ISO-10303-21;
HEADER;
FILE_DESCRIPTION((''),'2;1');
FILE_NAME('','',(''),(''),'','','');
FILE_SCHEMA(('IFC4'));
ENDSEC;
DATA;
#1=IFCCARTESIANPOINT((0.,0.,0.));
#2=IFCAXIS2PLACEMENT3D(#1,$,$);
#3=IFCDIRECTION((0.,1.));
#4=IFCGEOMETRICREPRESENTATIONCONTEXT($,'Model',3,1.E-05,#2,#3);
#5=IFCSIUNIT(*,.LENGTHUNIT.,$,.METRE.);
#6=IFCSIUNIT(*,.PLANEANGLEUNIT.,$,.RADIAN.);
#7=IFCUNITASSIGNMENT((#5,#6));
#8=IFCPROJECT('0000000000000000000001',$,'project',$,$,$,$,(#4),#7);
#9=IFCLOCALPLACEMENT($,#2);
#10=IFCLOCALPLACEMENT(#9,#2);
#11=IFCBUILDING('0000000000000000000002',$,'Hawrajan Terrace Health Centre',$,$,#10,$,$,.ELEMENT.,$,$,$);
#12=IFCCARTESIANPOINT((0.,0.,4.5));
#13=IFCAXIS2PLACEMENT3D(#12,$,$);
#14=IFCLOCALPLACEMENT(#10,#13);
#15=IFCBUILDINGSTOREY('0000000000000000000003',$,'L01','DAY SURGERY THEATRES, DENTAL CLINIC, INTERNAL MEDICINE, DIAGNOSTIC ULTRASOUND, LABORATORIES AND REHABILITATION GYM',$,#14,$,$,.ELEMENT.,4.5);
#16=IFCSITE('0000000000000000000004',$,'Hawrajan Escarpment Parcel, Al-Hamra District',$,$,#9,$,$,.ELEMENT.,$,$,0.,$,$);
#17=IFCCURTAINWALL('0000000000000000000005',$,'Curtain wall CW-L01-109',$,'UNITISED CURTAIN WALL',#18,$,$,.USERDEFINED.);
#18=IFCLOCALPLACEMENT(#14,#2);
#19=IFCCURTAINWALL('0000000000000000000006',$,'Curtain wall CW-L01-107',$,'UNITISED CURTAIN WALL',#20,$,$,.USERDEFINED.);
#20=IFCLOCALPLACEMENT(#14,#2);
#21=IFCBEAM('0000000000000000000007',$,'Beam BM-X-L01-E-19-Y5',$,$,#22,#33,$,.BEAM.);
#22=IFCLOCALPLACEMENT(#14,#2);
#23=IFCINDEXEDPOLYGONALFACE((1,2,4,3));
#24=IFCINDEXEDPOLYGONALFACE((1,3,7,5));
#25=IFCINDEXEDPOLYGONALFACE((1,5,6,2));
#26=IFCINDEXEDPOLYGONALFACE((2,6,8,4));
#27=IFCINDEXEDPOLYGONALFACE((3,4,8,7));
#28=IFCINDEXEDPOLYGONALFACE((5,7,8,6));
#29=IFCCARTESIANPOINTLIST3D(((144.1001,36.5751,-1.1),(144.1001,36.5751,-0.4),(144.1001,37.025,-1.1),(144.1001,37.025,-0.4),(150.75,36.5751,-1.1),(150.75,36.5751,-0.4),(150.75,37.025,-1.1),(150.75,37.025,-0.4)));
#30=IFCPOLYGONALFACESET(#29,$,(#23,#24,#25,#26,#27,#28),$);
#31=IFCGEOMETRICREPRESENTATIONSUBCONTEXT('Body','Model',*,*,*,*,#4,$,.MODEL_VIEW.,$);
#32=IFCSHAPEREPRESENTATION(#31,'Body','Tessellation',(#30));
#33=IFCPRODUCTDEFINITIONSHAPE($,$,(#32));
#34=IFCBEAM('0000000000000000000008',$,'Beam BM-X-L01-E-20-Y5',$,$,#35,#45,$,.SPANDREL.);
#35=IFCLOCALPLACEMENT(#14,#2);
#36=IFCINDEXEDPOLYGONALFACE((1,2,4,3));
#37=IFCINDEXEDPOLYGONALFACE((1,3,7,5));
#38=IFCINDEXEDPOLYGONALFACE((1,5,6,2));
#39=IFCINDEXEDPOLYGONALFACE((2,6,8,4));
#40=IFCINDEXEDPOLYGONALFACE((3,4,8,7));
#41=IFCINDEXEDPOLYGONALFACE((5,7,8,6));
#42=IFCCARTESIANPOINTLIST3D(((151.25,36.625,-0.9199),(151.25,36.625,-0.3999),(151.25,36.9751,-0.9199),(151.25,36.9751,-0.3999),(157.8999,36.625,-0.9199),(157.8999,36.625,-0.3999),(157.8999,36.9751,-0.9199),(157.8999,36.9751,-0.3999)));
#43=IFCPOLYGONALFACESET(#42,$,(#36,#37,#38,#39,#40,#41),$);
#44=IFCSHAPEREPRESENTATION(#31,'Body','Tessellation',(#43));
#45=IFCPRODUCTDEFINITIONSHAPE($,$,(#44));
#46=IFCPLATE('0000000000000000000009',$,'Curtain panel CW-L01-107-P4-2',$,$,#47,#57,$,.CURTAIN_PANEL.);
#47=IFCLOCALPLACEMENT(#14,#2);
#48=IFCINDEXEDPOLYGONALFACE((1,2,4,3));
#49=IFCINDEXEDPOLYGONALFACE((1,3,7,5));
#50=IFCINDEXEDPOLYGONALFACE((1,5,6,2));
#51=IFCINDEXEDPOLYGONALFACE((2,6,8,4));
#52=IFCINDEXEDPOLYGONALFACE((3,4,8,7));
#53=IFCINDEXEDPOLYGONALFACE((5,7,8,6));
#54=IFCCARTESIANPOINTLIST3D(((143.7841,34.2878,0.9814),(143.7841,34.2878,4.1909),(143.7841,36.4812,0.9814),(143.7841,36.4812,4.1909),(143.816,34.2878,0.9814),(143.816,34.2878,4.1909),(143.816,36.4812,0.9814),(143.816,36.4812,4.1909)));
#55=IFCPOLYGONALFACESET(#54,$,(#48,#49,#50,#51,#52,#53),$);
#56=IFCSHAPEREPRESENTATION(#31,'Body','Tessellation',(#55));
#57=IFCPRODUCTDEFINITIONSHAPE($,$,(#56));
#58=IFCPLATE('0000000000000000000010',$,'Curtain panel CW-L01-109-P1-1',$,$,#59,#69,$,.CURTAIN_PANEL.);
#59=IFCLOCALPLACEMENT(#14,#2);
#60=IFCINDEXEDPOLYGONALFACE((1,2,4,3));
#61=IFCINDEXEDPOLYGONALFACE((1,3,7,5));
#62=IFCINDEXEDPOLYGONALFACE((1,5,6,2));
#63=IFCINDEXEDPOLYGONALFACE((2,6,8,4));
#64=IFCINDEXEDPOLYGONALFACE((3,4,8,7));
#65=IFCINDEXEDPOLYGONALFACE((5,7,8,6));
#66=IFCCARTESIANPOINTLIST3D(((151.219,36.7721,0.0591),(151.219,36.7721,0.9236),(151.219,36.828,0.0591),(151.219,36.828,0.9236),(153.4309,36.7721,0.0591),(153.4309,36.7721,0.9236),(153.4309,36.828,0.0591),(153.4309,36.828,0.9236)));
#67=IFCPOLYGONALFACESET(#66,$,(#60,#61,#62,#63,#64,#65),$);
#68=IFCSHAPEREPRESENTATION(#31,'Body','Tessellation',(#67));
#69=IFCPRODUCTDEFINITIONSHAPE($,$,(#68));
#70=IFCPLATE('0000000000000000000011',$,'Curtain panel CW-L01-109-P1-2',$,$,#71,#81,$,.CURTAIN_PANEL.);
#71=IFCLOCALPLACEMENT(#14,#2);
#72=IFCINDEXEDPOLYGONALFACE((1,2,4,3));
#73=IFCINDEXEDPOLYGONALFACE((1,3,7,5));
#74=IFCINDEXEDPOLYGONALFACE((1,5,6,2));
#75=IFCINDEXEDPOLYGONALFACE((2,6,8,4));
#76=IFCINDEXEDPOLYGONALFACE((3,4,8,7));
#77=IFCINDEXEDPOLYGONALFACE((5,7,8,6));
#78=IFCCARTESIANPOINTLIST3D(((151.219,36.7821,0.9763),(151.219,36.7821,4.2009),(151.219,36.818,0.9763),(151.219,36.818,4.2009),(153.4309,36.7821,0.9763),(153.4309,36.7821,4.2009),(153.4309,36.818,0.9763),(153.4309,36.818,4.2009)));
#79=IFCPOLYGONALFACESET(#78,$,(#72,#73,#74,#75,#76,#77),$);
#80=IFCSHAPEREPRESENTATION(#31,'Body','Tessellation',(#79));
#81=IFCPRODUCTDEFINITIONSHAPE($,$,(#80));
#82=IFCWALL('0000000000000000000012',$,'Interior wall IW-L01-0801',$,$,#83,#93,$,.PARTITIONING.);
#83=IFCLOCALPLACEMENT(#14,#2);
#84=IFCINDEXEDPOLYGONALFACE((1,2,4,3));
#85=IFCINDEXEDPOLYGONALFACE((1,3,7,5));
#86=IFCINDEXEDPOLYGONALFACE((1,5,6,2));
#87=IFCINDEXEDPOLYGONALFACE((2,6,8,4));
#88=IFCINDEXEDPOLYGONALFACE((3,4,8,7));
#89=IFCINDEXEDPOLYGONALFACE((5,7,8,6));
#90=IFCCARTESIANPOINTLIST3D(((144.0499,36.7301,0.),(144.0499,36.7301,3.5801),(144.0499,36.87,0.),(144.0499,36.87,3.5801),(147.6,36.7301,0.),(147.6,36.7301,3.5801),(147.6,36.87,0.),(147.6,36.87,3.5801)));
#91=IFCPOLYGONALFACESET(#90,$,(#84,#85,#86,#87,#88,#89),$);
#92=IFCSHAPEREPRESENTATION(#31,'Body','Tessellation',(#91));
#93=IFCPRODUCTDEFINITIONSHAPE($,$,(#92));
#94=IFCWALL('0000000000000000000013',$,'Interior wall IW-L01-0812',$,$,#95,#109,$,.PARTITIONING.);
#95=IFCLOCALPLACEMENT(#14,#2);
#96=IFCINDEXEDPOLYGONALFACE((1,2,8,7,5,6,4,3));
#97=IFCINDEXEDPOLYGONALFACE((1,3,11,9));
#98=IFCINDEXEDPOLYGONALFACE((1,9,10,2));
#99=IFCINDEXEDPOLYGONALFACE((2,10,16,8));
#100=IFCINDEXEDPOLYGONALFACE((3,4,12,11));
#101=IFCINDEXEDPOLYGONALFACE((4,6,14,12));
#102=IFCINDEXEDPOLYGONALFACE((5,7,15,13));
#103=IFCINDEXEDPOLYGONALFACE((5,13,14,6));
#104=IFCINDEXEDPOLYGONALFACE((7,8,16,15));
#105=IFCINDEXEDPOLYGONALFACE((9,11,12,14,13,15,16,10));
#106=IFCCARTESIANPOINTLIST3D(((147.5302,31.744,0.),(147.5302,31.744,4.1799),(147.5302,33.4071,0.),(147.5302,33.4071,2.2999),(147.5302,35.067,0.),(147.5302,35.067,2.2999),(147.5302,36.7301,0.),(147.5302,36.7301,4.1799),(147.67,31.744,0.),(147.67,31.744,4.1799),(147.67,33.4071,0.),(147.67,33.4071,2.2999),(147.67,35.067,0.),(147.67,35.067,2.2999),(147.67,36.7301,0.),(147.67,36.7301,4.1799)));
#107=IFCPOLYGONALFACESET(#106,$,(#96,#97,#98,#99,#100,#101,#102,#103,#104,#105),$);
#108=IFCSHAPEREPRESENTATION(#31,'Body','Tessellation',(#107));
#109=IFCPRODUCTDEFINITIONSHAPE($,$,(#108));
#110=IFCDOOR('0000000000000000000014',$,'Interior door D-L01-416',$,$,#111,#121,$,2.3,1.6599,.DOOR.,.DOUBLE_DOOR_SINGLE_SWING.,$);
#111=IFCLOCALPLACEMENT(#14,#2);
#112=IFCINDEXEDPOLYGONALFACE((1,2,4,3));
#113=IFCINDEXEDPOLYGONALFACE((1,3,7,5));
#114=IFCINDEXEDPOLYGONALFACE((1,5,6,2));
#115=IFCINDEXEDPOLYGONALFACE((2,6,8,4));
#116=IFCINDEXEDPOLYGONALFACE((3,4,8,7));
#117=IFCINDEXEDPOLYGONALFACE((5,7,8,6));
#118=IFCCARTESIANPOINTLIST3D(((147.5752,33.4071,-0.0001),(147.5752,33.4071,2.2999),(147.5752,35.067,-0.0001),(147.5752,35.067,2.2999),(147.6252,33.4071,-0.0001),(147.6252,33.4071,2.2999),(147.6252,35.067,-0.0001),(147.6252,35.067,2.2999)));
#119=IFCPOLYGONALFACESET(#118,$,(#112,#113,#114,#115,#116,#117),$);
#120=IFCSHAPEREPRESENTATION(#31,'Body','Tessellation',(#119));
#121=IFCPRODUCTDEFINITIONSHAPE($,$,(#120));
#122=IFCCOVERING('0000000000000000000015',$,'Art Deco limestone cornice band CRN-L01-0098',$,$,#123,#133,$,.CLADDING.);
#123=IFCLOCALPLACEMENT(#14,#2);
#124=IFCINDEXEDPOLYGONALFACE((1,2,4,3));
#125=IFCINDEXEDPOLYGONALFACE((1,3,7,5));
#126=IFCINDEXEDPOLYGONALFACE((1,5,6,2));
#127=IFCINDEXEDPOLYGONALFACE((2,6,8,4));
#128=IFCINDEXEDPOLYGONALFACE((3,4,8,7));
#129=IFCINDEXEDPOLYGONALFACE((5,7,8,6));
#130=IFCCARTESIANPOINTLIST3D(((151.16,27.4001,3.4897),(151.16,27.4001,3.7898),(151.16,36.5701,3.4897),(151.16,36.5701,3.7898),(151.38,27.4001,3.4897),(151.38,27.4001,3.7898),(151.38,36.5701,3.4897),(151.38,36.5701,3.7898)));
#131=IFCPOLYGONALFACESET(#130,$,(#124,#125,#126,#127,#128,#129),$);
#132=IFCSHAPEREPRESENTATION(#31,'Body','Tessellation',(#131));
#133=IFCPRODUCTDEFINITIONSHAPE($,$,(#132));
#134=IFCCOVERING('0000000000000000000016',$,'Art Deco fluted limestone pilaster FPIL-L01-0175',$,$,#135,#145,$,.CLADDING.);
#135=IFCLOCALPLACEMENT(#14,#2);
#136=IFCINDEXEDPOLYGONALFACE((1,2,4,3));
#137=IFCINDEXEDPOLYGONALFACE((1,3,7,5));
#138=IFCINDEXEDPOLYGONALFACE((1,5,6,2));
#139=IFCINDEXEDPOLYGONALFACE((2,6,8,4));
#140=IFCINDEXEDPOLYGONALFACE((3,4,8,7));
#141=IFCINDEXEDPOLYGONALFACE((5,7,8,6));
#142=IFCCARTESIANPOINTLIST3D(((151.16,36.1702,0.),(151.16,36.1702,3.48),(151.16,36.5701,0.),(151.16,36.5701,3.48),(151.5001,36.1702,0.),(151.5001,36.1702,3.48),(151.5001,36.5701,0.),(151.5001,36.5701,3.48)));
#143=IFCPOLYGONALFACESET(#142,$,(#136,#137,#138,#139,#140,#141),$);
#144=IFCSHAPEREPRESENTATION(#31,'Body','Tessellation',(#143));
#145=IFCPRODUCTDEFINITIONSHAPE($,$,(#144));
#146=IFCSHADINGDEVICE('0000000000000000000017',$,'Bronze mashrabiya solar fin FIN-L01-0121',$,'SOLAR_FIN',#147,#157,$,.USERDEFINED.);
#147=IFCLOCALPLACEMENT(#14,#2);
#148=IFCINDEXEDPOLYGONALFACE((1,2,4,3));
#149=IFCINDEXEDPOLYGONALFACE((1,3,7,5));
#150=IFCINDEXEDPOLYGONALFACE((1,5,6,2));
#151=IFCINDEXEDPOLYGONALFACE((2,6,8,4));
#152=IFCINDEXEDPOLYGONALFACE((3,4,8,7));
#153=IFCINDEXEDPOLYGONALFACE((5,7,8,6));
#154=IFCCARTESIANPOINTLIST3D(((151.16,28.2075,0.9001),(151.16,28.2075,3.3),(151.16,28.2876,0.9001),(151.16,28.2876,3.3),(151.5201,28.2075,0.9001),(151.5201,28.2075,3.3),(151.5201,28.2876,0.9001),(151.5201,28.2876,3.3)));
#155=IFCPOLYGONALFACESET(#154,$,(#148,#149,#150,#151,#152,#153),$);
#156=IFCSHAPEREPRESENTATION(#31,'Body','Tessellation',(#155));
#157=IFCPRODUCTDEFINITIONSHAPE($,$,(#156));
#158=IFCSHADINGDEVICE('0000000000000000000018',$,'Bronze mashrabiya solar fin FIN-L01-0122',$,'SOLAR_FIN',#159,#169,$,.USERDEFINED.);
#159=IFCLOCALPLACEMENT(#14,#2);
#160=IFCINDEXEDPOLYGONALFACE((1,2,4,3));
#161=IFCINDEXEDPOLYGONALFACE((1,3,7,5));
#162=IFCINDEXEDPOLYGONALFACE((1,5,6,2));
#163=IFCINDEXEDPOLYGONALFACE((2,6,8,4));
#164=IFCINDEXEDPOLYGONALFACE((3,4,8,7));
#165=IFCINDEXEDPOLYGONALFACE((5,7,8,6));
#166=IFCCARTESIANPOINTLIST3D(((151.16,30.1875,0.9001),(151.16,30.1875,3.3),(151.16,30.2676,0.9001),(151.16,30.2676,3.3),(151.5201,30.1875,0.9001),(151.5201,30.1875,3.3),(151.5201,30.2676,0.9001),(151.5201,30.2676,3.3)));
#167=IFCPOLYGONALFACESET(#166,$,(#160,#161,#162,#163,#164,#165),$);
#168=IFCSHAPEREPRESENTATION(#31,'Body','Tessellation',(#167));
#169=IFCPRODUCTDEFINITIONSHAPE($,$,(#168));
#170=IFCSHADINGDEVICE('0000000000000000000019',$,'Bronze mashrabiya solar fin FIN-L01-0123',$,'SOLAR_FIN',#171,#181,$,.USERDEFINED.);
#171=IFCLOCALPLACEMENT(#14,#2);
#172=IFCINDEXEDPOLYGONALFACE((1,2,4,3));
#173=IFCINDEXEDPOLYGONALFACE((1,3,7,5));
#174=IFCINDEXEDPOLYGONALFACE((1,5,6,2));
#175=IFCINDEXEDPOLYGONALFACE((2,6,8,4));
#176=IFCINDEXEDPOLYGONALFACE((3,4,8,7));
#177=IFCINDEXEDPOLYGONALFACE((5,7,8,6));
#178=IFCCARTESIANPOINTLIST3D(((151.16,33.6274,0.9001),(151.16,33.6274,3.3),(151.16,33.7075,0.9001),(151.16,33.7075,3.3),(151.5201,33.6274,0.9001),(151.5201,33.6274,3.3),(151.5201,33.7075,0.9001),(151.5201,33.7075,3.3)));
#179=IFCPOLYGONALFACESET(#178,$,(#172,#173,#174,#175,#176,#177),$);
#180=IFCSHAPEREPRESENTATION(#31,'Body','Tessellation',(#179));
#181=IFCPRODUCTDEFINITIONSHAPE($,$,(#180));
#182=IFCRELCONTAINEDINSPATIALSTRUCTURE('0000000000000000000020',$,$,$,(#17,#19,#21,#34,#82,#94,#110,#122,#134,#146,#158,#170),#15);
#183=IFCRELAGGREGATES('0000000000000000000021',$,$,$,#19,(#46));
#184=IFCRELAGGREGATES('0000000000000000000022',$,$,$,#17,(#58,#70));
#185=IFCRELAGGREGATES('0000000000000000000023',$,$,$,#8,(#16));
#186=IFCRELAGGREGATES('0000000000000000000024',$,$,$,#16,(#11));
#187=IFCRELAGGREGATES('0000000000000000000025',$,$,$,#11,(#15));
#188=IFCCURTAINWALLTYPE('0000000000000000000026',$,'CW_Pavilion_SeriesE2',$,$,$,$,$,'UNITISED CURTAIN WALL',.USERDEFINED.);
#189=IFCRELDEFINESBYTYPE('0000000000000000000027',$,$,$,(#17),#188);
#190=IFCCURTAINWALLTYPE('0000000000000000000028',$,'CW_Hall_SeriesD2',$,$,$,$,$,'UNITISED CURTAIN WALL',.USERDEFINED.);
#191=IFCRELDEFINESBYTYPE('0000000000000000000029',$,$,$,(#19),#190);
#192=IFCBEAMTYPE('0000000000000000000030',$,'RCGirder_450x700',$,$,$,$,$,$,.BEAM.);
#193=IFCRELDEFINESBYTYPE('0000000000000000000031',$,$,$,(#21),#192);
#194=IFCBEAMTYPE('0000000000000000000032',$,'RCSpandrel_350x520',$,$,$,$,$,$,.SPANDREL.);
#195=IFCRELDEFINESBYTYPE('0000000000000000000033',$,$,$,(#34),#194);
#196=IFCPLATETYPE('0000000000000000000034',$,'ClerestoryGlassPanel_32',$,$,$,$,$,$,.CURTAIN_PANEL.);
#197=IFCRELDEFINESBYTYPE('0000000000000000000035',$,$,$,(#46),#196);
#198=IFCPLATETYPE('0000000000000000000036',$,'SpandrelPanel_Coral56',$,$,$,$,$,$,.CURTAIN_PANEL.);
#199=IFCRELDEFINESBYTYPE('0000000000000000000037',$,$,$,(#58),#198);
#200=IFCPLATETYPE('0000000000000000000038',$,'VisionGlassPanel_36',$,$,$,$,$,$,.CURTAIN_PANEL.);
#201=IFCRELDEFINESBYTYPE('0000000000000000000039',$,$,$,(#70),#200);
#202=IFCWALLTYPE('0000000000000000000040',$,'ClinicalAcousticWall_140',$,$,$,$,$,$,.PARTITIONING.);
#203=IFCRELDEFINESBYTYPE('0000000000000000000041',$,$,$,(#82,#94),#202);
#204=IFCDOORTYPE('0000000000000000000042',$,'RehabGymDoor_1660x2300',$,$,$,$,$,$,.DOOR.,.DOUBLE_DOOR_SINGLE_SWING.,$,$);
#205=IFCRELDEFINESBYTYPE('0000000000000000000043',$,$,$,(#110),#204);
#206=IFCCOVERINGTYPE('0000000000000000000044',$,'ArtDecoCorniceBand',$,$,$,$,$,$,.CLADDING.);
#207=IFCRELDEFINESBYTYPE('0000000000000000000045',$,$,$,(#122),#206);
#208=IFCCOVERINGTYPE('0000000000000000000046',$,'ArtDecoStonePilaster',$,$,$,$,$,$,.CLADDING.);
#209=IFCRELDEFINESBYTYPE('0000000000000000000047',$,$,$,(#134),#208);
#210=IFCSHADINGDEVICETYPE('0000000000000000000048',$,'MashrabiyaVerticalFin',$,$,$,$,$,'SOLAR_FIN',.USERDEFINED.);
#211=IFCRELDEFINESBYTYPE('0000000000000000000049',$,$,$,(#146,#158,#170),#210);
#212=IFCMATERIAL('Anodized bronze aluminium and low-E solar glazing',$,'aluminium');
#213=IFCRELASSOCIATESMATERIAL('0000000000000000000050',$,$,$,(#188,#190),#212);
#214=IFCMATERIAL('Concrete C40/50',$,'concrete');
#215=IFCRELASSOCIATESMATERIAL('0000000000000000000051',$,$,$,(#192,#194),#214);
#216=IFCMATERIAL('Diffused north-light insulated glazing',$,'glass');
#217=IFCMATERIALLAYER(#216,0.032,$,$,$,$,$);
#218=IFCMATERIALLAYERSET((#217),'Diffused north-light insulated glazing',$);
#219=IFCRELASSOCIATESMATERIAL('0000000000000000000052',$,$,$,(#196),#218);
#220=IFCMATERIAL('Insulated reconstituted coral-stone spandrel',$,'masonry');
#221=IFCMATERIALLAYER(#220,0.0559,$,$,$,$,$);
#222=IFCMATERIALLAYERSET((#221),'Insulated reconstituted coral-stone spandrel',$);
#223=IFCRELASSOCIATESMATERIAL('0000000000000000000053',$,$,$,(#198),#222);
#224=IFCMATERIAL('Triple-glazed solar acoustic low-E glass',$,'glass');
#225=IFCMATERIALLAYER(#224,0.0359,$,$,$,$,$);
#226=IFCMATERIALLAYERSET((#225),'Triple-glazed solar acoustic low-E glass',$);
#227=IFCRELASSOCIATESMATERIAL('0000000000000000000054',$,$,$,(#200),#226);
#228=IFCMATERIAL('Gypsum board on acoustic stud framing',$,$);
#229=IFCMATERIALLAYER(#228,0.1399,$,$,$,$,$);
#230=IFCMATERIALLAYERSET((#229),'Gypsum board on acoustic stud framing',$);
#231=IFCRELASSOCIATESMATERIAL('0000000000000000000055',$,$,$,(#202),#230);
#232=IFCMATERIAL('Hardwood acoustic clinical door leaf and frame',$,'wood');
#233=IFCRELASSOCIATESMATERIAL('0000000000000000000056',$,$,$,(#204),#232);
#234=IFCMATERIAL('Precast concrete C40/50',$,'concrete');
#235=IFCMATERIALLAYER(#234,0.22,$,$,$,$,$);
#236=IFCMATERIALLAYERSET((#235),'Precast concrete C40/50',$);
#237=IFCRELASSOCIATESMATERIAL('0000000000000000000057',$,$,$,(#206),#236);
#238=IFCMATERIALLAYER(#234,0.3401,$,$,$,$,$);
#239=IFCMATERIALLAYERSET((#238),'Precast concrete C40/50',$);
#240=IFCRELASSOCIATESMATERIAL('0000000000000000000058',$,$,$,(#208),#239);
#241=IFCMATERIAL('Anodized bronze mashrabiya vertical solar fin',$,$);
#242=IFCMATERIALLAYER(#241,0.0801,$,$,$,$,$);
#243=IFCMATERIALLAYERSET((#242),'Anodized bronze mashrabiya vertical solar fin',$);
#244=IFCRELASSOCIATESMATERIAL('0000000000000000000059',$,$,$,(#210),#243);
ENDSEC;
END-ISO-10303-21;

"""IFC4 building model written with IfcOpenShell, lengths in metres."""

from ifc_helpers import new_model, si_unit, direction, frame, frame_2d, origin, origin_2d, place, context, subcontext, project, spatial, rectangle, extrude, material, layer, layer_set, material_profile, profile_set, type_object, element, fill, aggregate, save


model = new_model("IFC4")

# Units and contexts
model_context = context("Model", 3, precision=1e-05, world=origin(), true_north=direction((0.0, 1.0)))
body_context = subcontext(model_context, "Body", "Model", "MODEL_VIEW")
ifc_project = project(units=[si_unit("LENGTHUNIT", "METRE"), si_unit("PLANEANGLEUNIT", "RADIAN")], contexts=[model_context])

# Site, building, storey
site_placement = place(None, origin())
site = spatial("IfcSite", under=ifc_project, at=site_placement, Name="Hawrajan Escarpment Parcel, Al-Hamra District", CompositionType="ELEMENT", RefElevation=0.0)
building_placement = place(site_placement, origin())
building = spatial("IfcBuilding", under=site, at=building_placement, Name="Hawrajan Terrace Health Centre", CompositionType="ELEMENT")
storey_placement = place(building_placement, frame((0.0, 0.0, 4.5)))
storey = spatial("IfcBuildingStorey", under=building, at=storey_placement, Name="L01", Description="DAY SURGERY THEATRES, DENTAL CLINIC, INTERNAL MEDICINE, DIAGNOSTIC ULTRASOUND, LABORATORIES AND REHABILITATION GYM", CompositionType="ELEMENT", Elevation=4.5)

# Shared definitions
ifc_material_1 = material(Name="Concrete C40/50", Category="concrete")

# Curtain wall
ifc_material_2 = material(Name="Anodized bronze aluminium and low-E solar glazing", Category="aluminium")
curtain_wall_type_1 = type_object("IfcCurtainWallType", Name="CW_Pavilion_SeriesE2", ElementType="UNITISED CURTAIN WALL", PredefinedType="USERDEFINED", material=ifc_material_2)
curtain_wall_1_placement = place(storey_placement, origin())
curtain_wall_1 = element("IfcCurtainWall", 1, at=curtain_wall_1_placement, inside=storey, type_object=curtain_wall_type_1, Name="Curtain wall CW-L01-109", ObjectType="UNITISED CURTAIN WALL", PredefinedType="USERDEFINED")

# Curtain wall
curtain_wall_type_2 = type_object("IfcCurtainWallType", Name="CW_Hall_SeriesD2", ElementType="UNITISED CURTAIN WALL", PredefinedType="USERDEFINED", material=ifc_material_2)
curtain_wall_2_placement = place(storey_placement, origin())
curtain_wall_2 = element("IfcCurtainWall", 2, at=curtain_wall_2_placement, inside=storey, type_object=curtain_wall_type_2, Name="Curtain wall CW-L01-107", ObjectType="UNITISED CURTAIN WALL", PredefinedType="USERDEFINED")

# Beams
ifc_material_profile_1 = material_profile(ifc_material_1, rectangle(XDim=0.45, YDim=0.7, at=origin_2d()), Name="RC BM 450x700")
ifc_profile_set_1 = profile_set([ifc_material_profile_1], Name="Concrete C40/50")
beam_type_1 = type_object("IfcBeamType", Name="RCGirder_450x700", PredefinedType="BEAM", material=ifc_profile_set_1)
beam_1_placement = place(storey_placement, frame((144.1001, 36.8, -0.75), z_axis=(1.0, 0.0, 0.0), x_axis=(0.0, 1.0, 0.0)))
element("IfcBeam", 3, at=beam_1_placement, inside=storey, type_object=beam_type_1, Name="Beam BM-X-L01-E-19-Y5", PredefinedType="BEAM", context=body_context, shape_type="SweptSolid", body=[
    extrude(rectangle(XDim=0.45, YDim=0.7, at=origin_2d()), origin(), (0.0, 0.0, 1.0), 6.6499),
])
ifc_material_profile_2 = material_profile(ifc_material_1, rectangle(XDim=0.3501, YDim=0.52, at=origin_2d()), Name="RC SP 350x520")
ifc_profile_set_2 = profile_set([ifc_material_profile_2], Name="Concrete C40/50")
beam_type_2 = type_object("IfcBeamType", Name="RCSpandrel_350x520", PredefinedType="SPANDREL", material=ifc_profile_set_2)
beam_2_placement = place(storey_placement, frame((151.25, 36.8, -0.6599), z_axis=(1.0, 0.0, 0.0), x_axis=(0.0, 1.0, 0.0)))
element("IfcBeam", 4, at=beam_2_placement, inside=storey, type_object=beam_type_2, Name="Beam BM-X-L01-E-20-Y5", PredefinedType="SPANDREL", context=body_context, shape_type="SweptSolid", body=[
    extrude(rectangle(XDim=0.3501, YDim=0.52, at=origin_2d()), origin(), (0.0, 0.0, 1.0), 6.6499),
])

# Plates
ifc_material_3 = material(Name="Diffused north-light insulated glazing", Category="glass")
ifc_layer_1 = layer(ifc_material_3, 0.032)
ifc_layer_set_1 = layer_set([ifc_layer_1], Name="Diffused north-light insulated glazing")
plate_type_1 = type_object("IfcPlateType", Name="ClerestoryGlassPanel_32", PredefinedType="CURTAIN_PANEL", material=ifc_layer_set_1)
plate_1_placement = place(storey_placement, frame((143.8, 35.3845, 0.9814), z_axis=(0.0, 0.0, 1.0), x_axis=(0.0, 1.0, 0.0)))
plate_1 = element("IfcPlate", 5, at=plate_1_placement, type_object=plate_type_1, Name="Curtain panel CW-L01-107-P4-2", PredefinedType="CURTAIN_PANEL", context=body_context, shape_type="SweptSolid", body=[
    extrude(rectangle(XDim=2.1934, YDim=0.032, at=origin_2d()), origin(), (0.0, 0.0, 1.0), 3.2095),
])
aggregate(curtain_wall_2, [plate_1])
ifc_material_4 = material(Name="Insulated reconstituted coral-stone spandrel", Category="masonry")
ifc_layer_2 = layer(ifc_material_4, 0.0559)
ifc_layer_set_2 = layer_set([ifc_layer_2], Name="Insulated reconstituted coral-stone spandrel")
plate_type_2 = type_object("IfcPlateType", Name="SpandrelPanel_Coral56", PredefinedType="CURTAIN_PANEL", material=ifc_layer_set_2)
plate_2_placement = place(storey_placement, frame((152.325, 36.8, 0.0591), z_axis=(0.0, 0.0, 1.0), x_axis=(1.0, 0.0, 0.0)))
plate_2 = element("IfcPlate", 6, at=plate_2_placement, type_object=plate_type_2, Name="Curtain panel CW-L01-109-P1-1", PredefinedType="CURTAIN_PANEL", context=body_context, shape_type="SweptSolid", body=[
    extrude(rectangle(XDim=2.2119, YDim=0.0559, at=origin_2d()), origin(), (0.0, 0.0, 1.0), 0.8645),
])
ifc_material_5 = material(Name="Triple-glazed solar acoustic low-E glass", Category="glass")
ifc_layer_3 = layer(ifc_material_5, 0.0359)
ifc_layer_set_3 = layer_set([ifc_layer_3], Name="Triple-glazed solar acoustic low-E glass")
plate_type_3 = type_object("IfcPlateType", Name="VisionGlassPanel_36", PredefinedType="CURTAIN_PANEL", material=ifc_layer_set_3)
plate_3_placement = place(storey_placement, frame((152.325, 36.8, 0.9763), z_axis=(0.0, 0.0, 1.0), x_axis=(1.0, 0.0, 0.0)))
plate_3 = element("IfcPlate", 7, at=plate_3_placement, type_object=plate_type_3, Name="Curtain panel CW-L01-109-P1-2", PredefinedType="CURTAIN_PANEL", context=body_context, shape_type="SweptSolid", body=[
    extrude(rectangle(XDim=2.2119, YDim=0.0359, at=origin_2d()), origin(), (0.0, 0.0, 1.0), 3.2246),
])
aggregate(curtain_wall_1, [plate_2, plate_3])

# Wall
ifc_material_6 = material(Name="Gypsum board on acoustic stud framing")
ifc_layer_4 = layer(ifc_material_6, 0.1399)
ifc_layer_set_4 = layer_set([ifc_layer_4], Name="Gypsum board on acoustic stud framing")
wall_type = type_object("IfcWallType", Name="ClinicalAcousticWall_140", PredefinedType="PARTITIONING", material=ifc_layer_set_4)
wall_1_placement = place(storey_placement, frame((144.05, 36.8, 0.0), z_axis=(0.0, 0.0, 1.0), x_axis=(1.0, 0.0, 0.0)))
element("IfcWall", 8, at=wall_1_placement, inside=storey, type_object=wall_type, Name="Interior wall IW-L01-0801", PredefinedType="PARTITIONING", context=body_context, shape_type="SweptSolid", body=[
    extrude(rectangle(XDim=3.55, YDim=0.1399, at=frame_2d((1.7749, 0.0))), origin(), (0.0, 0.0, 1.0), 3.5801),
])

# Wall, opening, door
wall_2_placement = place(storey_placement, frame((147.6001, 31.7439, 0.0), z_axis=(0.0, 0.0, 1.0), x_axis=(0.0, 1.0, 0.0)))
wall_2 = element("IfcWall", 9, at=wall_2_placement, inside=storey, type_object=wall_type, Name="Interior wall IW-L01-0812", PredefinedType="PARTITIONING", context=body_context, shape_type="SweptSolid", body=[
    extrude(rectangle(XDim=4.9861, YDim=0.1399, at=frame_2d((2.4932, 0.0))), origin(), (0.0, 0.0, 1.0), 4.1799),
])
opening_placement = place(wall_2_placement, frame((1.6631, 0.0, 0.0)))
opening = element("IfcOpeningElement", 10, at=opening_placement, cuts=wall_2, PredefinedType="OPENING", context=body_context, shape_type="SweptSolid", body=[
    extrude(rectangle(XDim=1.6599, YDim=2.3, at=frame_2d((0.8301, 1.1499))), frame((0.0, 0.0798, 0.0), z_axis=(0.0, -1.0, 0.0), x_axis=(1.0, 0.0, 0.0)), (0.0, 0.0, 1.0), 0.1599),
])
ifc_material_7 = material(Name="Hardwood acoustic clinical door leaf and frame", Category="wood")
door_type = type_object("IfcDoorType", Name="RehabGymDoor_1660x2300", OperationType="DOUBLE_DOOR_SINGLE_SWING", PredefinedType="DOOR", material=ifc_material_7)
door_placement = place(opening_placement, origin())
door = element("IfcDoor", 11, at=door_placement, inside=storey, type_object=door_type, Name="Interior door D-L01-416", OperationType="DOUBLE_DOOR_SINGLE_SWING", OverallHeight=2.3, OverallWidth=1.6599, PredefinedType="DOOR", context=body_context, shape_type="SweptSolid", body=[
    extrude(rectangle(XDim=1.6599, YDim=2.3, at=frame_2d((0.8301, 1.1499))), frame((0.0, 0.0249, 0.0), z_axis=(0.0, -1.0, 0.0), x_axis=(1.0, 0.0, 0.0)), (0.0, 0.0, 1.0), 0.05),
])
fill(opening, door)

# Coverings
ifc_material_8 = material(Name="Precast concrete C40/50", Category="concrete")
ifc_layer_5 = layer(ifc_material_8, 0.22)
ifc_layer_set_5 = layer_set([ifc_layer_5], Name="Precast concrete C40/50")
covering_type_1 = type_object("IfcCoveringType", Name="ArtDecoCorniceBand", PredefinedType="CLADDING", material=ifc_layer_set_5)
covering_1_placement = place(storey_placement, frame((151.27, 31.9851, 3.4897), z_axis=(0.0, 0.0, 1.0), x_axis=(0.0, 1.0, 0.0)))
element("IfcCovering", 12, at=covering_1_placement, inside=storey, type_object=covering_type_1, Name="Art Deco limestone cornice band CRN-L01-0098", PredefinedType="CLADDING", context=body_context, shape_type="SweptSolid", body=[
    extrude(rectangle(XDim=9.1699, YDim=0.22, at=origin_2d()), origin(), (0.0, 0.0, 1.0), 0.3),
])
ifc_layer_6 = layer(ifc_material_8, 0.3401)
ifc_layer_set_6 = layer_set([ifc_layer_6], Name="Precast concrete C40/50")
covering_type_2 = type_object("IfcCoveringType", Name="ArtDecoStonePilaster", PredefinedType="CLADDING", material=ifc_layer_set_6)
covering_2_placement = place(storey_placement, frame((151.3301, 36.3701, 0.0), z_axis=(0.0, 0.0, 1.0), x_axis=(0.0, 1.0, 0.0)))
element("IfcCovering", 13, at=covering_2_placement, inside=storey, type_object=covering_type_2, Name="Art Deco fluted limestone pilaster FPIL-L01-0175", PredefinedType="CLADDING", context=body_context, shape_type="SweptSolid", body=[
    extrude(rectangle(XDim=0.3999, YDim=0.3401, at=origin_2d()), origin(), (0.0, 0.0, 1.0), 3.48),
])

# Shading devices
ifc_material_9 = material(Name="Anodized bronze mashrabiya vertical solar fin")
ifc_layer_7 = layer(ifc_material_9, 0.0801)
ifc_layer_set_7 = layer_set([ifc_layer_7], Name="Anodized bronze mashrabiya vertical solar fin")
shading_device_type = type_object("IfcShadingDeviceType", Name="MashrabiyaVerticalFin", ElementType="SOLAR_FIN", PredefinedType="USERDEFINED", material=ifc_layer_set_7)
for number, where, z_axis, x_axis, name in (
    (14, (151.3401, 28.2476, 0.9001), (0.0, 0.0, 1.0), (0.0, 1.0, 0.0), "Bronze mashrabiya solar fin FIN-L01-0121"),
    (15, (151.3401, 30.2275, 0.9001), (0.0, 0.0, 1.0), (0.0, 1.0, 0.0), "Bronze mashrabiya solar fin FIN-L01-0122"),
    (16, (151.3401, 33.6675, 0.9001), (0.0, 0.0, 1.0), (0.0, 1.0, 0.0), "Bronze mashrabiya solar fin FIN-L01-0123"),
):
    element("IfcShadingDevice", number, at=place(storey_placement, frame(where, z_axis=z_axis, x_axis=x_axis)), inside=storey, type_object=shading_device_type, Name=name, ObjectType="SOLAR_FIN", PredefinedType="USERDEFINED", context=body_context, shape_type="SweptSolid", body=[
        extrude(rectangle(XDim=0.0801, YDim=0.3601, at=origin_2d()), origin(), (0.0, 0.0, 1.0), 2.3999),
    ])

save(model, "model.ifc")
